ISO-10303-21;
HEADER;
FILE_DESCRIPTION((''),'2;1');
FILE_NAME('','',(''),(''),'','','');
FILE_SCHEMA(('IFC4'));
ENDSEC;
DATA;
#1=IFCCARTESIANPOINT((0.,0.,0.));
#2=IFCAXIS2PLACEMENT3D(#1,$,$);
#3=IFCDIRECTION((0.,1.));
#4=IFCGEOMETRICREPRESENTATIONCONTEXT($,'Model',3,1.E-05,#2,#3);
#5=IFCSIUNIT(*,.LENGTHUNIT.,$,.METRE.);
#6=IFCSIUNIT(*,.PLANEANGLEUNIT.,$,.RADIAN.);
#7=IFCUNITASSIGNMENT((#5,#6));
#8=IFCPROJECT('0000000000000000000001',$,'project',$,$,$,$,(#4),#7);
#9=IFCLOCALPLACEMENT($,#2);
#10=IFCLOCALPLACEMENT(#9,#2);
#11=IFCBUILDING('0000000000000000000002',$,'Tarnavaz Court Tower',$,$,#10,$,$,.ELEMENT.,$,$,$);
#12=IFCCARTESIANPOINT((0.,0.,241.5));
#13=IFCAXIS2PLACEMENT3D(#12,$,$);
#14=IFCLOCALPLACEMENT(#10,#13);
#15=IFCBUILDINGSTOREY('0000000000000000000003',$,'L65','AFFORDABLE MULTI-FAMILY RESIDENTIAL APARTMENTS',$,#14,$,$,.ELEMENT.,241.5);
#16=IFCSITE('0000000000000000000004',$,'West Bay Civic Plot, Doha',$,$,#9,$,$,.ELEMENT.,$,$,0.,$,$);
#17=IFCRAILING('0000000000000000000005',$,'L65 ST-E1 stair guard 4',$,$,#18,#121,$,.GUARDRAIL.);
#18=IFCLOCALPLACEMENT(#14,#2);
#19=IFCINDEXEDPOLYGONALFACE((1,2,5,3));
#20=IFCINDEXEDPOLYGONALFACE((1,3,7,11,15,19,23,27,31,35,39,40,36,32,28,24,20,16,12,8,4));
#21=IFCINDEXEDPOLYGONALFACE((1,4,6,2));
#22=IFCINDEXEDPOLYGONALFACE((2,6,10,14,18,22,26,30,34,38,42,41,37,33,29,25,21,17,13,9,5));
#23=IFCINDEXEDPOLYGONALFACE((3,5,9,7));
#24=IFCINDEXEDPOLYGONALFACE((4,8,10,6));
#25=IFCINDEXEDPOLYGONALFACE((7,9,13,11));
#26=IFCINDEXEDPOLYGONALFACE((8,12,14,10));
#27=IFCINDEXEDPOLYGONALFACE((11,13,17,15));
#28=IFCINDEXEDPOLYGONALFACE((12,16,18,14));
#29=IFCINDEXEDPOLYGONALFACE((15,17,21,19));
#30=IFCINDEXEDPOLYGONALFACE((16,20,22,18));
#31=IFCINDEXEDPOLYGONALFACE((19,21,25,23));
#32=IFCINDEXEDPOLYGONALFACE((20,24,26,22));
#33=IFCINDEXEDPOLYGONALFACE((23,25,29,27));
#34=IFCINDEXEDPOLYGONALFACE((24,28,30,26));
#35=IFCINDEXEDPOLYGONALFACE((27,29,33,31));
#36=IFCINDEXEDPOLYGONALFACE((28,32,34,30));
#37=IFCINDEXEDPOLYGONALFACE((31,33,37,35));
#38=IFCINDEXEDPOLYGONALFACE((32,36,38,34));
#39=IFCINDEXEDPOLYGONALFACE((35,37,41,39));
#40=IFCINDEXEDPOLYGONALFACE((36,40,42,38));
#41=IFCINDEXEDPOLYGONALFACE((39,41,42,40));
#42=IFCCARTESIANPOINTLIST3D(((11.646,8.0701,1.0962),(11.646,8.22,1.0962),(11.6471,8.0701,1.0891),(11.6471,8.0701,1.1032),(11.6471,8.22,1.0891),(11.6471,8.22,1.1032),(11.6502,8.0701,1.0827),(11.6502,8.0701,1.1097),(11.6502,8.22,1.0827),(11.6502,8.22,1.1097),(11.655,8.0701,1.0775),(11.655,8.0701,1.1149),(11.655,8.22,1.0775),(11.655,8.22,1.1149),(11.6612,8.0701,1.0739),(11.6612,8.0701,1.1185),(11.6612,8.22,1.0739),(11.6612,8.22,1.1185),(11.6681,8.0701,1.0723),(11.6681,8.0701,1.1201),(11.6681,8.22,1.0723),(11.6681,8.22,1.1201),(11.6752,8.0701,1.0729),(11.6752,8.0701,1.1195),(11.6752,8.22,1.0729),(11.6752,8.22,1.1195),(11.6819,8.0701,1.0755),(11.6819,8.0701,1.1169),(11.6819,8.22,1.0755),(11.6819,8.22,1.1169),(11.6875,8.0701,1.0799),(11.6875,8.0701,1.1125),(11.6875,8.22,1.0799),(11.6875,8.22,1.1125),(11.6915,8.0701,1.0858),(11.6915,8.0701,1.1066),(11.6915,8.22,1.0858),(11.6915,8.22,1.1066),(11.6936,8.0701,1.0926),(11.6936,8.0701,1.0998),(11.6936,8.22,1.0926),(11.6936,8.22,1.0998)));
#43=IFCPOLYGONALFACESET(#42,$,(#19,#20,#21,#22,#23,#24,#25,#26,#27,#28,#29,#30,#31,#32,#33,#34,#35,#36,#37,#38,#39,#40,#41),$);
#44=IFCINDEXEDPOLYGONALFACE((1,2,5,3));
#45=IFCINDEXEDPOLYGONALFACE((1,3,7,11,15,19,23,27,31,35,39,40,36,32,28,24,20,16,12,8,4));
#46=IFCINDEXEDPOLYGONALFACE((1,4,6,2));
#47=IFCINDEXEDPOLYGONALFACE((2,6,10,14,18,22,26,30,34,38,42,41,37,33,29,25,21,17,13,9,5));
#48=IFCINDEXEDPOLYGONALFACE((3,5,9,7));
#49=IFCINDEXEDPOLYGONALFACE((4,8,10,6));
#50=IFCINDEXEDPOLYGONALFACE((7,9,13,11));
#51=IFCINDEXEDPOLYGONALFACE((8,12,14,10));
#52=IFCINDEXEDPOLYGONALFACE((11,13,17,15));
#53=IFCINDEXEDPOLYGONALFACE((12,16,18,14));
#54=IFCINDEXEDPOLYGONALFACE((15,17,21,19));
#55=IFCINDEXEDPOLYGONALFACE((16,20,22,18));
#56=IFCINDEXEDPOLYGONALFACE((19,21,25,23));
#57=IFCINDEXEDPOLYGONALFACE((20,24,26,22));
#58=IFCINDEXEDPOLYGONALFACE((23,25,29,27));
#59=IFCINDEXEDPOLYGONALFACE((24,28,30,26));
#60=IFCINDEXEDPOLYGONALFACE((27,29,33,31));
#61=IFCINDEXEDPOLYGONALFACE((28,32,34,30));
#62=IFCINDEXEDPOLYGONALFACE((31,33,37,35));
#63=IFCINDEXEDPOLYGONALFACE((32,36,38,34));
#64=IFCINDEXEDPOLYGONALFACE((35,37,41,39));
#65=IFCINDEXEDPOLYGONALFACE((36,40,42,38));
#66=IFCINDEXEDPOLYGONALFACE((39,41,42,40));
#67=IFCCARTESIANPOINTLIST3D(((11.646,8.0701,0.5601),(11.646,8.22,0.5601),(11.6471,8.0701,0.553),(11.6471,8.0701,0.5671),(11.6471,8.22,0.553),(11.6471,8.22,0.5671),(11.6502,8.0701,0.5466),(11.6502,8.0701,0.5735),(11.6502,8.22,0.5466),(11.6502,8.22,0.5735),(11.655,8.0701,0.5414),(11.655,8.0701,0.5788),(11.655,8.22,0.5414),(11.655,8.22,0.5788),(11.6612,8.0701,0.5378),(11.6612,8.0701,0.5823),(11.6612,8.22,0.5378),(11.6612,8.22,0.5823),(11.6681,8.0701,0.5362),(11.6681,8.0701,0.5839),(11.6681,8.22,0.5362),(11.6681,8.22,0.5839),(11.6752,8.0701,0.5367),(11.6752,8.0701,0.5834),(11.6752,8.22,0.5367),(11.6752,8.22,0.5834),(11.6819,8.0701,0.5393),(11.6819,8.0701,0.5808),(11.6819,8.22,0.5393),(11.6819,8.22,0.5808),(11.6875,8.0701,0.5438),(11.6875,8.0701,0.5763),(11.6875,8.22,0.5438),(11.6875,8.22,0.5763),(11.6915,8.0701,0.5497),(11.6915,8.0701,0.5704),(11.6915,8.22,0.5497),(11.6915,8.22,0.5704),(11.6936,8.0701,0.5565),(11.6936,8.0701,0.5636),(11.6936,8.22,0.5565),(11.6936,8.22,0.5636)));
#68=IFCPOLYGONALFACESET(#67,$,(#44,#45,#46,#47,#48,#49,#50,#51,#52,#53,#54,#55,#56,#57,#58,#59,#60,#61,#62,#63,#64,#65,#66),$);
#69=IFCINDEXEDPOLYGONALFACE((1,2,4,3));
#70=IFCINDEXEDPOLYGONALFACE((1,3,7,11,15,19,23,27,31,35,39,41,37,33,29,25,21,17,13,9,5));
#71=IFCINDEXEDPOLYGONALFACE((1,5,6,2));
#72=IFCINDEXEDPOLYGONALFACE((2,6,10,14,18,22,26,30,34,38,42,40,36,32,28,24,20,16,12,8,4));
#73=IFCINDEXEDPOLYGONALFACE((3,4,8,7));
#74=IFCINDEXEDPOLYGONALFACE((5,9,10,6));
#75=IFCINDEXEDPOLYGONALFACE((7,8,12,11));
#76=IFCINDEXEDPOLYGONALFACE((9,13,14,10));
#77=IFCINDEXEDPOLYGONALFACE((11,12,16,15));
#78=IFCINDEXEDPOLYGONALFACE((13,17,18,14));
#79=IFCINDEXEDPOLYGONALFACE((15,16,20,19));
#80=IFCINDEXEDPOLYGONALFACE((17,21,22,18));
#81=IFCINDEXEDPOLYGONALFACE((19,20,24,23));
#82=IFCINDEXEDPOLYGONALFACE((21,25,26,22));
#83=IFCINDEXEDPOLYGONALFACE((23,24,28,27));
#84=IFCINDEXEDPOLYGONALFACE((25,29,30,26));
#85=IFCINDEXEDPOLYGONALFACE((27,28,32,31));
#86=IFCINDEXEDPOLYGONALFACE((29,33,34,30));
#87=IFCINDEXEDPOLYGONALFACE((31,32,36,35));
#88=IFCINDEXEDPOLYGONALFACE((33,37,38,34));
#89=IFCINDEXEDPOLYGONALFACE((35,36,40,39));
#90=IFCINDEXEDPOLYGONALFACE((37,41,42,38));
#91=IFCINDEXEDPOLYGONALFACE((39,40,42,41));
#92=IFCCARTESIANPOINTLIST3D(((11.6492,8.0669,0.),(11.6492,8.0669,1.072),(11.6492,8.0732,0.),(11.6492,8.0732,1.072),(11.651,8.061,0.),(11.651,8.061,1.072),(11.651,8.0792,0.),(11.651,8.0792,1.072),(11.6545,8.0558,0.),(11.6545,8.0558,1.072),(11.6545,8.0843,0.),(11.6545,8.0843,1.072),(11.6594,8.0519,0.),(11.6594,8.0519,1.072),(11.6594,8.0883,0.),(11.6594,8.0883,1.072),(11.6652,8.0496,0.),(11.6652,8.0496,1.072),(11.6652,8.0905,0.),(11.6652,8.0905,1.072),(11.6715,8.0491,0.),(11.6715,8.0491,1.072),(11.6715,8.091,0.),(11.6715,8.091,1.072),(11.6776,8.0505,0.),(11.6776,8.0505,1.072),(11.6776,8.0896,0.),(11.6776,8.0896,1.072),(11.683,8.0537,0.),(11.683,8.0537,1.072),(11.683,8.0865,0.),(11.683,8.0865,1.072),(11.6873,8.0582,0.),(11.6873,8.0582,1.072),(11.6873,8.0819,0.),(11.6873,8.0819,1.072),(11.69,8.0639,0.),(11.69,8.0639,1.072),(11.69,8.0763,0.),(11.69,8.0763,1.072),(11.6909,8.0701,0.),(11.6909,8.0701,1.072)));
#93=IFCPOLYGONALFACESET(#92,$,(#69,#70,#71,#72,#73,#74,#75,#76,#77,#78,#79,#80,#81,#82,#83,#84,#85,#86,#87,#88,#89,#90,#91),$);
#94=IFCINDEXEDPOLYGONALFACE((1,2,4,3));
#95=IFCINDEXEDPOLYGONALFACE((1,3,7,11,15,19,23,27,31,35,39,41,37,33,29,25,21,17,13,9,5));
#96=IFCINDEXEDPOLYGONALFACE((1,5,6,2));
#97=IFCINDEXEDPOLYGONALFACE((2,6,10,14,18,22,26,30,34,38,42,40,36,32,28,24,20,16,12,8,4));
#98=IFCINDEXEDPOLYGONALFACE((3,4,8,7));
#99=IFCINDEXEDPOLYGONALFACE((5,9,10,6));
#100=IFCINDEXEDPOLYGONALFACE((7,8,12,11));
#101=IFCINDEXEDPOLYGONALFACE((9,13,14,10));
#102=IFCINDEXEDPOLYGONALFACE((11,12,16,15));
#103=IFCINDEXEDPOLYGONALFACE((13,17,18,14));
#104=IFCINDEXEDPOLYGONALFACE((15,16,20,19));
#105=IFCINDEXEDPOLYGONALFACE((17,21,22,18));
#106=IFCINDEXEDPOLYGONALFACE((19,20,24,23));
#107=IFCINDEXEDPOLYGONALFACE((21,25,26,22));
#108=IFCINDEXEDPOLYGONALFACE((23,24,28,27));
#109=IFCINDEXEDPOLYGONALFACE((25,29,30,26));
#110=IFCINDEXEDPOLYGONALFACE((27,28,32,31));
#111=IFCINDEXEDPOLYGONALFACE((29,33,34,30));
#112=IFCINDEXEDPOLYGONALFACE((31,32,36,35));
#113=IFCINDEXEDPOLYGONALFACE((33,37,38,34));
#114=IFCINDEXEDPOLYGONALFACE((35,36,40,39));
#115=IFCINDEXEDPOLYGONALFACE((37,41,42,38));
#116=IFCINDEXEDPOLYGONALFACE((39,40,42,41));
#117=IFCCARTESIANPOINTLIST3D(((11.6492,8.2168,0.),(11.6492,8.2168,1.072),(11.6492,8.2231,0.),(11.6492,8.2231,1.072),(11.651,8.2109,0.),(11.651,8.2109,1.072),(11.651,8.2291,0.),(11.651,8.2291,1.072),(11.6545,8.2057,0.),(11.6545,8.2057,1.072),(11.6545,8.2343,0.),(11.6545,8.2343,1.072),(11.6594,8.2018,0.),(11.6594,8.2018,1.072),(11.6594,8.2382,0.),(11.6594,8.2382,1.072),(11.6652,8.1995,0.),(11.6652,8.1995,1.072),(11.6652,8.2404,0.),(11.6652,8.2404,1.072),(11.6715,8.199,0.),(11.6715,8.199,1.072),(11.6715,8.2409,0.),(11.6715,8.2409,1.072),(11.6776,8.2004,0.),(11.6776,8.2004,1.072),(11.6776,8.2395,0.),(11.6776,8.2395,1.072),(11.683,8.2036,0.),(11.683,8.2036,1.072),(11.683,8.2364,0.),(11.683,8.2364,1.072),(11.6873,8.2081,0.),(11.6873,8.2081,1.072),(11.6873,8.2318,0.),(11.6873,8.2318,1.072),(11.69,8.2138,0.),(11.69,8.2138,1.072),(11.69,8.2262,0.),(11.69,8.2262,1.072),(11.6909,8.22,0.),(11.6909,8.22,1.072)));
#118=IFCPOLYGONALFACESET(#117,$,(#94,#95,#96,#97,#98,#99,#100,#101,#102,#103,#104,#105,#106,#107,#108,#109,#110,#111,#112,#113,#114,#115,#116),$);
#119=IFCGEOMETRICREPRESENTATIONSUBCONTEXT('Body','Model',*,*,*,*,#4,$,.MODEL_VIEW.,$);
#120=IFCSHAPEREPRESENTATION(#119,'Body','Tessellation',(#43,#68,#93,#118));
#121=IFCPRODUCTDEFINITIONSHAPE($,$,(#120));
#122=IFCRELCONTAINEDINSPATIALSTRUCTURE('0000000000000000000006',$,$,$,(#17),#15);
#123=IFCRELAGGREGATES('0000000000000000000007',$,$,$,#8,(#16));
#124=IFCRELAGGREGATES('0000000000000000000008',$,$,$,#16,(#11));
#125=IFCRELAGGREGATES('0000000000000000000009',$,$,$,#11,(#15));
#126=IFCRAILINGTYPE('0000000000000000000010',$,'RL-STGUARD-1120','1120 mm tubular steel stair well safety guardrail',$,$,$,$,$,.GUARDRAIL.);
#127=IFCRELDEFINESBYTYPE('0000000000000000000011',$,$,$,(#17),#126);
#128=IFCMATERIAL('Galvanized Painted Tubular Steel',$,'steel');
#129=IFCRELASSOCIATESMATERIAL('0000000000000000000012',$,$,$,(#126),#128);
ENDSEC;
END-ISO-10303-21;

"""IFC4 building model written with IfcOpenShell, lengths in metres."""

from ifc_helpers import new_model, si_unit, direction, frame, origin, origin_2d, place, context, subcontext, project, spatial, circle, extrude, material, type_object, element, save


model = new_model("IFC4")

# Units and contexts
model_context = context("Model", 3, precision=1e-05, world=origin(), true_north=direction((0.0, 1.0)))
body_context = subcontext(model_context, "Body", "Model", "MODEL_VIEW")
ifc_project = project(units=[si_unit("LENGTHUNIT", "METRE"), si_unit("PLANEANGLEUNIT", "RADIAN")], contexts=[model_context])

# Site, building, storey
site_placement = place(None, origin())
site = spatial("IfcSite", under=ifc_project, at=site_placement, Name="West Bay Civic Plot, Doha", CompositionType="ELEMENT", RefElevation=0.0)
building_placement = place(site_placement, origin())
building = spatial("IfcBuilding", under=site, at=building_placement, Name="Tarnavaz Court Tower", CompositionType="ELEMENT")
storey_placement = place(building_placement, frame((0.0, 0.0, 241.5)))
storey = spatial("IfcBuildingStorey", under=building, at=storey_placement, Name="L65", Description="AFFORDABLE MULTI-FAMILY RESIDENTIAL APARTMENTS", CompositionType="ELEMENT", Elevation=241.5)

# Railing
ifc_material_1 = material(Name="Galvanized Painted Tubular Steel", Category="steel")
railing_type_1 = type_object("IfcRailingType", Name="RL-STGUARD-1120", Description="1120 mm tubular steel stair well safety guardrail", PredefinedType="GUARDRAIL", material=ifc_material_1)
railing_1_placement = place(storey_placement, frame((11.6699, 8.0701, 0.0)))
element("IfcRailing", 1, at=railing_1_placement, inside=storey, type_object=railing_type_1, Name="L65 ST-E1 stair guard 4", PredefinedType="GUARDRAIL", context=body_context, shape_type="SweptSolid", body=[
    extrude(circle(Radius=0.0239, at=origin_2d()), frame((0.0, 0.0, 1.0962), z_axis=(0.0, 1.0, 0.0), x_axis=(-1.0, 0.0, 0.0)), (0.0, 0.0, 1.0), 0.1499),
    extrude(circle(Radius=0.0239, at=origin_2d()), frame((0.0, 0.0, 0.5601), z_axis=(0.0, 1.0, 0.0), x_axis=(-1.0, 0.0, 0.0)), (0.0, 0.0, 1.0), 0.1499),
    extrude(circle(Radius=0.021, at=origin_2d()), origin(), (0.0, 0.0, 1.0), 1.072),
    extrude(circle(Radius=0.021, at=origin_2d()), frame((0.0, 0.1499, 0.0)), (0.0, 0.0, 1.0), 1.072),
])

save(model, "model.ifc")
